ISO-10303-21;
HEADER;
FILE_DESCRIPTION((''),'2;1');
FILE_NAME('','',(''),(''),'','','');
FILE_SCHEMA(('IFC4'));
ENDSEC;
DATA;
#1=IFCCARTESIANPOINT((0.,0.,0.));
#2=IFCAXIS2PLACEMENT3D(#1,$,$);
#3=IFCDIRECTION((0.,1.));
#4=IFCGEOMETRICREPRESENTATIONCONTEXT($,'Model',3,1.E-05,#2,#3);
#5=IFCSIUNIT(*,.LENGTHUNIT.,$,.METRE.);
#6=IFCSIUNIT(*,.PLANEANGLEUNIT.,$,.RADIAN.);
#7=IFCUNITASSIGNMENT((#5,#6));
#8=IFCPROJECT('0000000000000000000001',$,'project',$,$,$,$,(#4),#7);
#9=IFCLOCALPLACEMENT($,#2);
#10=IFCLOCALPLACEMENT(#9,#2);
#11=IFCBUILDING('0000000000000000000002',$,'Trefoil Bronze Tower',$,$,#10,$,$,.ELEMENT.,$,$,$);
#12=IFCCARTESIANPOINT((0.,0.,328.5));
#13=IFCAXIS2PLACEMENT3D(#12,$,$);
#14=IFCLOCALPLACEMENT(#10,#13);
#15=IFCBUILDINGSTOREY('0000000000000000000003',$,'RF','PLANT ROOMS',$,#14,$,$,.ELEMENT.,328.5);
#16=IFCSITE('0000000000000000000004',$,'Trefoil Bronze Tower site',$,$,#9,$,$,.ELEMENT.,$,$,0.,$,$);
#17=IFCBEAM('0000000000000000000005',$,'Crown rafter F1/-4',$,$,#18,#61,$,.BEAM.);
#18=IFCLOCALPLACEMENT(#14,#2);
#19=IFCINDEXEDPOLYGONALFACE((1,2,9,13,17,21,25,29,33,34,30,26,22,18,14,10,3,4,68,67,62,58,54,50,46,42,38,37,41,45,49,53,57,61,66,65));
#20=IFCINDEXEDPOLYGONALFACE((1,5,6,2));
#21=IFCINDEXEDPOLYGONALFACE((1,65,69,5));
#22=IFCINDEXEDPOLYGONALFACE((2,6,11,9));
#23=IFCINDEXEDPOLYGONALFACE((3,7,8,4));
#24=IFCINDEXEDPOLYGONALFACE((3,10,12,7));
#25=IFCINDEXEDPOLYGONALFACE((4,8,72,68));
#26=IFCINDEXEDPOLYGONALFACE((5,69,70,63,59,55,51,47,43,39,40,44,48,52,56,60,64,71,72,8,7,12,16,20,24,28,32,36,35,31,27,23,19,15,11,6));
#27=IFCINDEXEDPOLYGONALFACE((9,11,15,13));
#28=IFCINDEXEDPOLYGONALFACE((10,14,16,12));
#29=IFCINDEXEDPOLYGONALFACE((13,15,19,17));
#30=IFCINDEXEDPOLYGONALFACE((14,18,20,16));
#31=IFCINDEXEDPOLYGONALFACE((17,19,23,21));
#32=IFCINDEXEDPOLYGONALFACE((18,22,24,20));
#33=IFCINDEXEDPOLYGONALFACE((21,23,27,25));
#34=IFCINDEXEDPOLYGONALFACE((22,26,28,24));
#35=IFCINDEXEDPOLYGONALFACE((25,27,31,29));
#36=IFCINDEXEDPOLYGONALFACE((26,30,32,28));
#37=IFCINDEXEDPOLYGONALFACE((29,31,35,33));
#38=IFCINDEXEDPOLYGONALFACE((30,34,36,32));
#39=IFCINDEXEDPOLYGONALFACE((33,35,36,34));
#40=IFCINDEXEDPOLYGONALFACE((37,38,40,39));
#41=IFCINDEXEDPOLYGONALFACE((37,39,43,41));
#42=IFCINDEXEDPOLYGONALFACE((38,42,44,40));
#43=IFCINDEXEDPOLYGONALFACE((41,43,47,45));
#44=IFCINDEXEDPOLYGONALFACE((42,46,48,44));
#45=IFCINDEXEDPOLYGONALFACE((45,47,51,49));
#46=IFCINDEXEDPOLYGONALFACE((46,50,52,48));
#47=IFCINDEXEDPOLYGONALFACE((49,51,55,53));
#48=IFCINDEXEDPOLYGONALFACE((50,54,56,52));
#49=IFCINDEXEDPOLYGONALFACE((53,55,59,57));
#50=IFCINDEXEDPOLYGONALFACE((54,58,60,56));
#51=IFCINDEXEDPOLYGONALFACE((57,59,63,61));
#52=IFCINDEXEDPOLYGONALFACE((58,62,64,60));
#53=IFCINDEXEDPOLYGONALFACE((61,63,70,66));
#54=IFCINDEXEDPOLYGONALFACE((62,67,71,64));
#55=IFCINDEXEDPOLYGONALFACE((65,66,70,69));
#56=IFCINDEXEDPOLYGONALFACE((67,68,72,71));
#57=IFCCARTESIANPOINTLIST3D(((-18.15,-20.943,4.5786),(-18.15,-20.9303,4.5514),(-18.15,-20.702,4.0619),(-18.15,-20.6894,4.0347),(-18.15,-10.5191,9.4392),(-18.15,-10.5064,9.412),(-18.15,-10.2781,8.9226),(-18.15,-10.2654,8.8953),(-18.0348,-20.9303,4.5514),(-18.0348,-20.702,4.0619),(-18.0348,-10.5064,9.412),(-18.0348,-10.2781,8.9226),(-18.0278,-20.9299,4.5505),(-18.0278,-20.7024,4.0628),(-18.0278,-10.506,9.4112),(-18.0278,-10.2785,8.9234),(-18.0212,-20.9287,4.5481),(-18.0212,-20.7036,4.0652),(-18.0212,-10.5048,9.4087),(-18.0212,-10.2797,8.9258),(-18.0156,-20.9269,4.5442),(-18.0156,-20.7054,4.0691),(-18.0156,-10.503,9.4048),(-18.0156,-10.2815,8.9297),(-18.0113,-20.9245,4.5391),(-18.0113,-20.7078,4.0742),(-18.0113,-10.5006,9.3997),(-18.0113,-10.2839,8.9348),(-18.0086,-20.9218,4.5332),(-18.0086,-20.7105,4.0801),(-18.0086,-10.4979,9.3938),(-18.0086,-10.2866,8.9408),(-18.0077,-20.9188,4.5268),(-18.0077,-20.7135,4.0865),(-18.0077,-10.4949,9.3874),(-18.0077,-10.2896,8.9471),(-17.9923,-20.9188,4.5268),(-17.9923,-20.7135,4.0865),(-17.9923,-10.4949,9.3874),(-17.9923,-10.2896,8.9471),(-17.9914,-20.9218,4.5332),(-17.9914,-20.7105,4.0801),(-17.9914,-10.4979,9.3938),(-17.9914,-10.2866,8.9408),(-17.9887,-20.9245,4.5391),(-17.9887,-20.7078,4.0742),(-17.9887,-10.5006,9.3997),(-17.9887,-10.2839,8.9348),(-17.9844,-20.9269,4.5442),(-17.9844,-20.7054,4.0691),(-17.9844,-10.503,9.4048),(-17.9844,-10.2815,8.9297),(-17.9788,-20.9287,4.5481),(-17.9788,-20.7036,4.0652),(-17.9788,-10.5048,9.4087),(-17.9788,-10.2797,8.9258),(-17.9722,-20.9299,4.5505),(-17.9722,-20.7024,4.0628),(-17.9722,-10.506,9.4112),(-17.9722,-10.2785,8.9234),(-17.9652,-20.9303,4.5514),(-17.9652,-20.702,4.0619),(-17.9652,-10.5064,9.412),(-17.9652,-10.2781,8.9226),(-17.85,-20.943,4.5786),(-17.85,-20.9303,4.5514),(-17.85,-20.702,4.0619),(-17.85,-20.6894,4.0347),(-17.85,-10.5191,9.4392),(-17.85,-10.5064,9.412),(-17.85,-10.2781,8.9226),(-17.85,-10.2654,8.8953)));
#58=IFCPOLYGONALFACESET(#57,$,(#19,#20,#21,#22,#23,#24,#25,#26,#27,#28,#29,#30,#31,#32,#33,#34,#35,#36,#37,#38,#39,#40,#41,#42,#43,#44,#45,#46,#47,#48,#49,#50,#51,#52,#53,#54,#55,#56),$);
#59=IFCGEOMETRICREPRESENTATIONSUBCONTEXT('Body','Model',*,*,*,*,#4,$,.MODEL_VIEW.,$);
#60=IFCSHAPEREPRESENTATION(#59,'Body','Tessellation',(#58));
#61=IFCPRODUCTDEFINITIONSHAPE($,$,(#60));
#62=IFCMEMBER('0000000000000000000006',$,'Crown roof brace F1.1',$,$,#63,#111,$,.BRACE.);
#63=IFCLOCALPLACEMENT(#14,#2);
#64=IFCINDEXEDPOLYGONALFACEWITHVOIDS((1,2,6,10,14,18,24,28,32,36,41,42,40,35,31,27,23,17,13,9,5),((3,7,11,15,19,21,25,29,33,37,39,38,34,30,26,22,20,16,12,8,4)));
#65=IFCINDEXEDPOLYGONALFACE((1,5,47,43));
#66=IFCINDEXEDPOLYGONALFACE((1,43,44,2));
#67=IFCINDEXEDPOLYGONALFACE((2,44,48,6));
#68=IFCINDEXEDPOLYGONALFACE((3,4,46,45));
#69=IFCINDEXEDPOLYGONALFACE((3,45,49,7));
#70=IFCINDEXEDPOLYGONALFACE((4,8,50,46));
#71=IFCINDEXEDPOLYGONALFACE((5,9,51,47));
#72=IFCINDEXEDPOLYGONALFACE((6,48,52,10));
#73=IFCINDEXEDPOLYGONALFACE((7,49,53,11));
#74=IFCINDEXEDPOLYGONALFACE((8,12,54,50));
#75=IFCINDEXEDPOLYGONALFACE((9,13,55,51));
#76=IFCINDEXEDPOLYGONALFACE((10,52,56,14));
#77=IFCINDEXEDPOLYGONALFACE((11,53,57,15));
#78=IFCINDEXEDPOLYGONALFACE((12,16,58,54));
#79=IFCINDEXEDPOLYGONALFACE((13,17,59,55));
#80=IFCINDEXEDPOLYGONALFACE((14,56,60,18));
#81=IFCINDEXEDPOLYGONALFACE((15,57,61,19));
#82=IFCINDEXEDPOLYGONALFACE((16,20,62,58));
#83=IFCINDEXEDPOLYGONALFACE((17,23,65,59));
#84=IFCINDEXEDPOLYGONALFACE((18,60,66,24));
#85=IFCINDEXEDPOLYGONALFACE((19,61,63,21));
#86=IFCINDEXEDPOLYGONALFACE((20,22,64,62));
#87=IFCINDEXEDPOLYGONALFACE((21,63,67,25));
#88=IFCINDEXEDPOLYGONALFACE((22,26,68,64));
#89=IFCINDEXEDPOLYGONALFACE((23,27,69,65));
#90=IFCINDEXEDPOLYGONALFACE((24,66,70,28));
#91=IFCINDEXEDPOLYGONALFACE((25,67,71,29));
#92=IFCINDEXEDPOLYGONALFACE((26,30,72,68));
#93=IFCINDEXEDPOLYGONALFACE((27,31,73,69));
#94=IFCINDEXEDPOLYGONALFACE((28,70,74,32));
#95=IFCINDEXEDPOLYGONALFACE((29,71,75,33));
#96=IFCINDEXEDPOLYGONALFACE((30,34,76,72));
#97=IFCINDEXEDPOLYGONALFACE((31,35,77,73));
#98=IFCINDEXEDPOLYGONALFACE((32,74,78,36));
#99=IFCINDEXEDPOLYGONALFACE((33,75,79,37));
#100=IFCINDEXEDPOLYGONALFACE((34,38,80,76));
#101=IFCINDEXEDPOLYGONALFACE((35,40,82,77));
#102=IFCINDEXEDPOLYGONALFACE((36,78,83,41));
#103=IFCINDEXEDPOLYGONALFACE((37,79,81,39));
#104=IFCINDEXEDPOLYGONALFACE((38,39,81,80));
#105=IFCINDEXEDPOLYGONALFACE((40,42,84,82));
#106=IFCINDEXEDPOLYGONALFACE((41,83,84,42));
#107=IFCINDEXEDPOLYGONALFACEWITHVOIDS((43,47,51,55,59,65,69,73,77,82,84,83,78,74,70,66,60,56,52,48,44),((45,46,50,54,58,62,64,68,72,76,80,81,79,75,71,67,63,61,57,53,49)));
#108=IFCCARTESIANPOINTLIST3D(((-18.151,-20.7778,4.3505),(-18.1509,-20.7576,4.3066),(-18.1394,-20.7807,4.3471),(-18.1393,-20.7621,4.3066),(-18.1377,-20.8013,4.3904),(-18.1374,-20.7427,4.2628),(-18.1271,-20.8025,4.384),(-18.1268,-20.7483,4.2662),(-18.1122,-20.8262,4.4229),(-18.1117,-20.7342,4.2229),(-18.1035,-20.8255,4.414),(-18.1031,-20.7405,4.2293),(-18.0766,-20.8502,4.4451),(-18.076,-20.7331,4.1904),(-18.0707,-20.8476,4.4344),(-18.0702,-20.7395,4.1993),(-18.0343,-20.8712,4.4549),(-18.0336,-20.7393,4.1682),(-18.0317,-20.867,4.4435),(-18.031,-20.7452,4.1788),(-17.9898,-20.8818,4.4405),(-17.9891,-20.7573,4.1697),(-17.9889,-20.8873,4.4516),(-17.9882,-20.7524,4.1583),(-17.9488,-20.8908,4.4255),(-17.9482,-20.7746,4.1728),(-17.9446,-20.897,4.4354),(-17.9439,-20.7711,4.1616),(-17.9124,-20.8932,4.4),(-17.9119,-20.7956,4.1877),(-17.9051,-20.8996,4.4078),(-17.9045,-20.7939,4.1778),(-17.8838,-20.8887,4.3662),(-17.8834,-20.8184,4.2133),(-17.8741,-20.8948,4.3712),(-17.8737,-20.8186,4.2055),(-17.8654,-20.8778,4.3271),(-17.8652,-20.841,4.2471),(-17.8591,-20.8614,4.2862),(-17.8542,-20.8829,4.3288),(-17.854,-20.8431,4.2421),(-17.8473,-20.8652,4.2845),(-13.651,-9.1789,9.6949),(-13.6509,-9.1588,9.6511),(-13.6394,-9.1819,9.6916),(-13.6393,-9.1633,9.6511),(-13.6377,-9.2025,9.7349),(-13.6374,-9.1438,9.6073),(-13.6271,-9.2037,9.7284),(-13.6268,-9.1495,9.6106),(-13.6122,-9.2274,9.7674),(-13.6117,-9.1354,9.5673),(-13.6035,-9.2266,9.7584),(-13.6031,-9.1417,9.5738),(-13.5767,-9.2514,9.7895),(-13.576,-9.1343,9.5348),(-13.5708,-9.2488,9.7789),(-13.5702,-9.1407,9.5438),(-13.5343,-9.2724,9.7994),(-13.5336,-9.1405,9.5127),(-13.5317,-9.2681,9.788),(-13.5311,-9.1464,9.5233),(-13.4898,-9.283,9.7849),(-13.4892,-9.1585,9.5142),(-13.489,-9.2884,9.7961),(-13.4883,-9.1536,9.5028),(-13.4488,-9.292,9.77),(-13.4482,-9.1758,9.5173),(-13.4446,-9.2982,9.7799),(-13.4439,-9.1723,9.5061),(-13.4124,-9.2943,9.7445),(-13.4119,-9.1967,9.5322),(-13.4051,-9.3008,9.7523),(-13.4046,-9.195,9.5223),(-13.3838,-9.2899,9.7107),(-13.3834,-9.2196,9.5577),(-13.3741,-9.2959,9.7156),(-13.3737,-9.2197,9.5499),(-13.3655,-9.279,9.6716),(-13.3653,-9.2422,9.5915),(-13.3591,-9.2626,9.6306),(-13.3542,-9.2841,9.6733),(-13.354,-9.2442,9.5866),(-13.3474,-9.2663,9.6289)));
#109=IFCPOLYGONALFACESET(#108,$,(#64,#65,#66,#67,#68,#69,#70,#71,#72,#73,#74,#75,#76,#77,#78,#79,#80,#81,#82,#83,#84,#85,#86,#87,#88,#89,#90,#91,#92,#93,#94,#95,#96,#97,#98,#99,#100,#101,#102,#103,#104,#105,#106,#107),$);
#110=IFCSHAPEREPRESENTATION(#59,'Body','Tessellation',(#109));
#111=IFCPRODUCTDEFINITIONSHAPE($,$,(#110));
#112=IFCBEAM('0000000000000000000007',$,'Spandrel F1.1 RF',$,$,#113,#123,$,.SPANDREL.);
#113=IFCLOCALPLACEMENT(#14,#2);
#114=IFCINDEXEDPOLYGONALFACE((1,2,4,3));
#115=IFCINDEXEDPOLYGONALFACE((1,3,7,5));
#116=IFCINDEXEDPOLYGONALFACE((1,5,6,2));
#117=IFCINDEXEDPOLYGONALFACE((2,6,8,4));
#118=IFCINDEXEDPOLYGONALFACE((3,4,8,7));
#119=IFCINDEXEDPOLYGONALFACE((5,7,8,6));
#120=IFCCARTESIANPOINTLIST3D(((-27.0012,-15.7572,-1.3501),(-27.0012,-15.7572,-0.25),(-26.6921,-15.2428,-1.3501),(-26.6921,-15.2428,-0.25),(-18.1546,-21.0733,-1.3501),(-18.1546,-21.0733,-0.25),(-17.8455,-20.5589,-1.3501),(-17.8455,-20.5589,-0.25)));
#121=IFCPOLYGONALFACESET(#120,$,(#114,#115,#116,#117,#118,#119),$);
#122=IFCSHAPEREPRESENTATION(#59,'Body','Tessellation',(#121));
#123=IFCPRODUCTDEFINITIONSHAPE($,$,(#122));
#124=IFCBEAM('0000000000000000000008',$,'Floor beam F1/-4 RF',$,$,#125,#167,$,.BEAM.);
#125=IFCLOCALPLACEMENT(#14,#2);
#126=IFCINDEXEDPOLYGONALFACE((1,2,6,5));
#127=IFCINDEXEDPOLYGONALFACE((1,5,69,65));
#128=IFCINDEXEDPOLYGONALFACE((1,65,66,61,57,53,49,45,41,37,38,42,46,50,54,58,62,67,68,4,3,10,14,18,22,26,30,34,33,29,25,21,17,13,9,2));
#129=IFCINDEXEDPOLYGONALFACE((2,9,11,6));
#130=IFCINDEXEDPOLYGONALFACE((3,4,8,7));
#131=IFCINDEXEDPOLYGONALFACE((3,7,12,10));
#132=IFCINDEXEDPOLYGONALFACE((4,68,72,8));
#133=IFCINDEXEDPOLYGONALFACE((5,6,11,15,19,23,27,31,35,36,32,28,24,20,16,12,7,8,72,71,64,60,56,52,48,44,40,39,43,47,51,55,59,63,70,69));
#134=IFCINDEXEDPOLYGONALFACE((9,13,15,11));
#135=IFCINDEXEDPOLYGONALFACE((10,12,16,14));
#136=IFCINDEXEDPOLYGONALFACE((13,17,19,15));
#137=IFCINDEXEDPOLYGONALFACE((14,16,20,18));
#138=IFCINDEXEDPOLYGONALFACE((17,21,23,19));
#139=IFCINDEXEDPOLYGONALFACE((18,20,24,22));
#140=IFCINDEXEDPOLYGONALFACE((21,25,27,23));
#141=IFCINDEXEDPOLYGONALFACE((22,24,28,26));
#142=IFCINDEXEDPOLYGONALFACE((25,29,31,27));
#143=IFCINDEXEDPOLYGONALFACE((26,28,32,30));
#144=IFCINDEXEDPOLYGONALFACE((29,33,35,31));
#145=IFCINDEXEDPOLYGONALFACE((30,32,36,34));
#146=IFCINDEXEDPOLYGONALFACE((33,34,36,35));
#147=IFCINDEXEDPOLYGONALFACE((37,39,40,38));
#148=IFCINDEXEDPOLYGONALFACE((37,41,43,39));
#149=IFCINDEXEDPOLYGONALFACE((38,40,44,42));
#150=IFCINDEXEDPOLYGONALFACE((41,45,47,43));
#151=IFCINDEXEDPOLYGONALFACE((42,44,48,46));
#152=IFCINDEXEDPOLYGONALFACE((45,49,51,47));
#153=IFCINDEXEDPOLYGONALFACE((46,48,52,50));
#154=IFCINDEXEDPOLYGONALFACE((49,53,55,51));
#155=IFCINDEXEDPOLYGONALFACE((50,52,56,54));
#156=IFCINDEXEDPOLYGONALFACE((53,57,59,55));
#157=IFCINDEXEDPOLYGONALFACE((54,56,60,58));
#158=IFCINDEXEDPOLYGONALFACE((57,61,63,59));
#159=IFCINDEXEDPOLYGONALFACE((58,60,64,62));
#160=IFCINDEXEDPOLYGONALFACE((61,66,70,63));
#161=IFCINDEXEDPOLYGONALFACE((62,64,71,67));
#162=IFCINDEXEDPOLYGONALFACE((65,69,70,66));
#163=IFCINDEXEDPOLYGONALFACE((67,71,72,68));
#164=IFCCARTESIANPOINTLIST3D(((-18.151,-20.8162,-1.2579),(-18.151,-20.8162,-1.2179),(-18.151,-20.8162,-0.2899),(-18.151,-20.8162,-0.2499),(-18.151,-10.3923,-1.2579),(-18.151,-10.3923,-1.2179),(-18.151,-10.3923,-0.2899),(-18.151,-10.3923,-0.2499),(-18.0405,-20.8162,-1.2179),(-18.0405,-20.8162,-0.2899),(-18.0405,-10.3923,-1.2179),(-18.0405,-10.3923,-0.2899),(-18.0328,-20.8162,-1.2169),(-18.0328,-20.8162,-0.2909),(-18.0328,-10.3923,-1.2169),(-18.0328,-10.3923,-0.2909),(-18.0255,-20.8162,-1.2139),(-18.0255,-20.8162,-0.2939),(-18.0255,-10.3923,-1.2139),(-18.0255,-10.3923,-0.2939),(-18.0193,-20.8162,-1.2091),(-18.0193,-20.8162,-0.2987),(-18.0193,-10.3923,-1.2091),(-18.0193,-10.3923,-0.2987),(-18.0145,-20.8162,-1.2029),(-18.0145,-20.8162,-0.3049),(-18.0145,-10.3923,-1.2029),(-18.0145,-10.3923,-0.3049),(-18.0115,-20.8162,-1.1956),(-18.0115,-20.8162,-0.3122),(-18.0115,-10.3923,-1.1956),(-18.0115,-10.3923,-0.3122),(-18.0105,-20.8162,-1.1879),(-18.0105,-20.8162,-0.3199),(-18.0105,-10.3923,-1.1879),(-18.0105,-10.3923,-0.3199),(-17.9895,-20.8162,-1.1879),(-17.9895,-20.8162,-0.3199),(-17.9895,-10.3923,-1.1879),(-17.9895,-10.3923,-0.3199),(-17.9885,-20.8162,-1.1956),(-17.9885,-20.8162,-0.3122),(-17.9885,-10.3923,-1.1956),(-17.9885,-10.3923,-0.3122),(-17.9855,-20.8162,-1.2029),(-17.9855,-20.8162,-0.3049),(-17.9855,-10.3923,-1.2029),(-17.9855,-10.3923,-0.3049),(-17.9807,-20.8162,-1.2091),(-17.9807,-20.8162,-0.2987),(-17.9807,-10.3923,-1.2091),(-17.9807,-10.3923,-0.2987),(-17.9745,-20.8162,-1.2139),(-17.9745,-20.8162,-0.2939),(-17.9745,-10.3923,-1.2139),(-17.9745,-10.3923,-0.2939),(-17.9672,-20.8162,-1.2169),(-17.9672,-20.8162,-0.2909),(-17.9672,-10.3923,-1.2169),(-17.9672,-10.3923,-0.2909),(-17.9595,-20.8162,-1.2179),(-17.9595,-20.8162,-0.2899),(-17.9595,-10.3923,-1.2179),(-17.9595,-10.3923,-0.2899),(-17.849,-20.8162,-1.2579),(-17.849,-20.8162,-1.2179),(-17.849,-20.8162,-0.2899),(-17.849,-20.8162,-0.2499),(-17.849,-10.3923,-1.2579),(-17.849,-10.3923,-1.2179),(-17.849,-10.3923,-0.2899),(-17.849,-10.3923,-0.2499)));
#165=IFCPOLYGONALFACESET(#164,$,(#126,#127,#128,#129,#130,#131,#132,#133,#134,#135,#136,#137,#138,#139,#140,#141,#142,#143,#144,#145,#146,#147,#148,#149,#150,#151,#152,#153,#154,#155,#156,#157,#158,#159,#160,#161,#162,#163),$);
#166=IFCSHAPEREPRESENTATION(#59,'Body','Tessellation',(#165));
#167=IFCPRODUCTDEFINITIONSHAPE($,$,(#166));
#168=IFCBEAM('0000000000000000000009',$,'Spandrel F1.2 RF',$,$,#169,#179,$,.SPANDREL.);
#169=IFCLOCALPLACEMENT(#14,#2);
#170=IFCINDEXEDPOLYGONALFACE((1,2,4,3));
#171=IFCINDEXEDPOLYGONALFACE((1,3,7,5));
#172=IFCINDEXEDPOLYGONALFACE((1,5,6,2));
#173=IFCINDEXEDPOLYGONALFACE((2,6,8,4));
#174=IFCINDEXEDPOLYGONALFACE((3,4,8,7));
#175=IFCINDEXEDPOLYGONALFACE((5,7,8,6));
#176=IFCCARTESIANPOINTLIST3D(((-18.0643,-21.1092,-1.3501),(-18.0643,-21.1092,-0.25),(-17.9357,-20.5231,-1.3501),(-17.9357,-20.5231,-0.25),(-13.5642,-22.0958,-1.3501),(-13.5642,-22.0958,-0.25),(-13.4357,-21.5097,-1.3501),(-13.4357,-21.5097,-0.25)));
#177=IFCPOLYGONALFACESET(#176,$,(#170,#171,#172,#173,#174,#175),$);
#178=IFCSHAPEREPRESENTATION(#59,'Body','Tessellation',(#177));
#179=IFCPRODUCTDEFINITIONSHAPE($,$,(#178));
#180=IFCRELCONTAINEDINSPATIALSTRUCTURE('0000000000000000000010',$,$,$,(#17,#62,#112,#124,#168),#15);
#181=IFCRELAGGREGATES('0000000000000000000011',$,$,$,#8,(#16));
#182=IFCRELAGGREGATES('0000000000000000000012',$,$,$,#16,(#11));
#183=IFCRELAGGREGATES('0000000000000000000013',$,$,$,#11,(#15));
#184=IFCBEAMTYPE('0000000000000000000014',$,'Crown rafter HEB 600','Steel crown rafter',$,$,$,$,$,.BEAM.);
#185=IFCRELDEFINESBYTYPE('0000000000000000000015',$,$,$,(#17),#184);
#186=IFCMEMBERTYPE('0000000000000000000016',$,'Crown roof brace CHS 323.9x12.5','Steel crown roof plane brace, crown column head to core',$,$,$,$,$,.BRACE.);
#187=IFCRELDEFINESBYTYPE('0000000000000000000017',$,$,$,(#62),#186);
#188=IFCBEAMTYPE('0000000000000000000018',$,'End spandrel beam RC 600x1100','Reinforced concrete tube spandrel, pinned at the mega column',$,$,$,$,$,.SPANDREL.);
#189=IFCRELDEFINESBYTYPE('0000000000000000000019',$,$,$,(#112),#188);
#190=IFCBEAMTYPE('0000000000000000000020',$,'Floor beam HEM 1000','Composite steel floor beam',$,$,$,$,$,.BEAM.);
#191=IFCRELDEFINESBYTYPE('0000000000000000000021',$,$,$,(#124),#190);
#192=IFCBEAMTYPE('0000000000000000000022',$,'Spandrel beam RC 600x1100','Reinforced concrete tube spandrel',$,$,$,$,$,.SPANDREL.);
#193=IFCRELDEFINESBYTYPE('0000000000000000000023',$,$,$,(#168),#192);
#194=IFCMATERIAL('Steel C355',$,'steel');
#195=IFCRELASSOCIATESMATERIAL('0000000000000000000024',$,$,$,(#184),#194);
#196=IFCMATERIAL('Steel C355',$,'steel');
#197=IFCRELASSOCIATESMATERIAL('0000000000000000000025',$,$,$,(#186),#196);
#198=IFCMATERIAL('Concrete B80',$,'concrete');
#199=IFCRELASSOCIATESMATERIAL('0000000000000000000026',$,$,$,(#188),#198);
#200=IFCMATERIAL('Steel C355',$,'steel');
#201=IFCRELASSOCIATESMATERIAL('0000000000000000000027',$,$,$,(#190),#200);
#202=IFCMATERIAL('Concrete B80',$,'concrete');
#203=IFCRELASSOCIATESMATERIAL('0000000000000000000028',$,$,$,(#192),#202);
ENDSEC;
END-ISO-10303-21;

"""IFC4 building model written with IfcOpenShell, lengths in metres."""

from ifc_helpers import new_model, si_unit, direction, frame, origin, origin_2d, place, context, subcontext, project, spatial, rectangle, hollow_circle, i_section, extrude, material, material_profile, profile_set, type_object, element, save


model = new_model("IFC4")

# Units and contexts
model_context = context("Model", 3, precision=1e-05, world=origin(), true_north=direction((0.0, 1.0)))
body_context = subcontext(model_context, "Body", "Model", "MODEL_VIEW")
ifc_project = project(units=[si_unit("LENGTHUNIT", "METRE"), si_unit("PLANEANGLEUNIT", "RADIAN")], contexts=[model_context])

# Site, building, storey
site_placement = place(None, origin())
site = spatial("IfcSite", under=ifc_project, at=site_placement, Name="Trefoil Bronze Tower site", CompositionType="ELEMENT", RefElevation=0.0)
building_placement = place(site_placement, origin())
building = spatial("IfcBuilding", under=site, at=building_placement, Name="Trefoil Bronze Tower", CompositionType="ELEMENT")
storey_placement = place(building_placement, frame((0.0, 0.0, 328.5)))
storey = spatial("IfcBuildingStorey", under=building, at=storey_placement, Name="RF", Description="PLANT ROOMS", CompositionType="ELEMENT", Elevation=328.5)

# Beam
ifc_material_1 = material(Name="Steel C355", Category="steel")
ifc_material_profile_1 = material_profile(ifc_material_1, i_section(OverallWidth=0.3, OverallDepth=0.6001, WebThickness=0.0154, FlangeThickness=0.03, FilletRadius=0.0271, at=origin_2d()), Name="HEB 600")
ifc_profile_set_1 = profile_set([ifc_material_profile_1], Name="Steel C355")
beam_type_1 = type_object("IfcBeamType", Name="Crown rafter HEB 600", Description="Steel crown rafter", PredefinedType="BEAM", material=ifc_profile_set_1)
beam_1_placement = place(storey_placement, frame((-18.0, -20.8162, 4.3066), z_axis=(0.0, 0.906312, 0.42261), x_axis=(-1.0, 0.0, 0.0)))
element("IfcBeam", 1, at=beam_1_placement, inside=storey, type_object=beam_type_1, Name="Crown rafter F1/-4", PredefinedType="BEAM", context=body_context, shape_type="SweptSolid", body=[
    extrude(i_section(OverallWidth=0.3, OverallDepth=0.6001, WebThickness=0.0154, FlangeThickness=0.03, FilletRadius=0.0271, at=origin_2d()), origin(), (0.0, 0.0, 1.0), 11.5015),
])

# Member
ifc_material_2 = material(Name="Steel C355", Category="steel")
ifc_material_profile_2 = material_profile(ifc_material_2, hollow_circle(Radius=0.1619, WallThickness=0.0125, at=origin_2d()), Name="CHS 323.9x12.5")
ifc_profile_set_2 = profile_set([ifc_material_profile_2], Name="Steel C355")
member_type = type_object("IfcMemberType", Name="Crown roof brace CHS 323.9x12.5", Description="Steel crown roof plane brace, crown column head to core", PredefinedType="BRACE", material=ifc_profile_set_2)
member_placement = place(storey_placement, frame((-18.0, -20.8162, 4.3066), z_axis=(0.332334, 0.856601, 0.394701), x_axis=(-0.932294, 0.361701, 0.0)))
element("IfcMember", 2, at=member_placement, inside=storey, type_object=member_type, Name="Crown roof brace F1.1", PredefinedType="BRACE", context=body_context, shape_type="SweptSolid", body=[
    extrude(hollow_circle(Radius=0.1619, WallThickness=0.0125, at=origin_2d()), origin(), (0.0, 0.0, 1.0), 13.5405),
])

# Beams
ifc_material_3 = material(Name="Concrete B80", Category="concrete")
ifc_material_profile_3 = material_profile(ifc_material_3, rectangle(XDim=0.6001, YDim=1.1001, at=origin_2d()), Name="RC 600x1100")
ifc_profile_set_3 = profile_set([ifc_material_profile_3], Name="Concrete B80")
beam_type_2 = type_object("IfcBeamType", Name="End spandrel beam RC 600x1100", Description="Reinforced concrete tube spandrel, pinned at the mega column", PredefinedType="SPANDREL", material=ifc_profile_set_3)
beam_2_placement = place(storey_placement, frame((-26.8467, -15.5, -0.8), z_axis=(0.857144, -0.515077, 0.0), x_axis=(0.515077, 0.857144, 0.0)))
element("IfcBeam", 3, at=beam_2_placement, inside=storey, type_object=beam_type_2, Name="Spandrel F1.1 RF", PredefinedType="SPANDREL", context=body_context, shape_type="SweptSolid", body=[
    extrude(rectangle(XDim=0.6001, YDim=1.1001, at=origin_2d()), origin(), (0.0, 0.0, 1.0), 10.321),
])
ifc_material_4 = material(Name="Steel C355", Category="steel")
ifc_material_profile_4 = material_profile(ifc_material_4, i_section(OverallWidth=0.302, OverallDepth=1.0081, WebThickness=0.021, FlangeThickness=0.04, FilletRadius=0.03, at=origin_2d()), Name="HEM 1000")
ifc_profile_set_4 = profile_set([ifc_material_profile_4], Name="Steel C355")
beam_type_3 = type_object("IfcBeamType", Name="Floor beam HEM 1000", Description="Composite steel floor beam", PredefinedType="BEAM", material=ifc_profile_set_4)
beam_3_placement = place(storey_placement, frame((-18.0, -20.8162, -0.7539), z_axis=(0.0, 1.0, 0.0), x_axis=(-1.0, 0.0, 0.0)))
element("IfcBeam", 4, at=beam_3_placement, inside=storey, type_object=beam_type_3, Name="Floor beam F1/-4 RF", PredefinedType="BEAM", context=body_context, shape_type="SweptSolid", body=[
    extrude(i_section(OverallWidth=0.302, OverallDepth=1.0081, WebThickness=0.021, FlangeThickness=0.04, FilletRadius=0.03, at=origin_2d()), origin(), (0.0, 0.0, 1.0), 10.4238),
])
ifc_material_5 = material(Name="Concrete B80", Category="concrete")
ifc_material_profile_5 = material_profile(ifc_material_5, rectangle(XDim=0.6001, YDim=1.1001, at=origin_2d()), Name="RC 600x1100")
ifc_profile_set_5 = profile_set([ifc_material_profile_5], Name="Concrete B80")
beam_type_4 = type_object("IfcBeamType", Name="Spandrel beam RC 600x1100", Description="Reinforced concrete tube spandrel", PredefinedType="SPANDREL", material=ifc_profile_set_5)
beam_4_placement = place(storey_placement, frame((-18.0, -20.8162, -0.8), z_axis=(0.9768, -0.214152, 0.0), x_axis=(0.214152, 0.9768, 0.0)))
element("IfcBeam", 5, at=beam_4_placement, inside=storey, type_object=beam_type_4, Name="Spandrel F1.2 RF", PredefinedType="SPANDREL", context=body_context, shape_type="SweptSolid", body=[
    extrude(rectangle(XDim=0.6001, YDim=1.1001, at=origin_2d()), origin(), (0.0, 0.0, 1.0), 4.6069),
])

save(model, "model.ifc")
